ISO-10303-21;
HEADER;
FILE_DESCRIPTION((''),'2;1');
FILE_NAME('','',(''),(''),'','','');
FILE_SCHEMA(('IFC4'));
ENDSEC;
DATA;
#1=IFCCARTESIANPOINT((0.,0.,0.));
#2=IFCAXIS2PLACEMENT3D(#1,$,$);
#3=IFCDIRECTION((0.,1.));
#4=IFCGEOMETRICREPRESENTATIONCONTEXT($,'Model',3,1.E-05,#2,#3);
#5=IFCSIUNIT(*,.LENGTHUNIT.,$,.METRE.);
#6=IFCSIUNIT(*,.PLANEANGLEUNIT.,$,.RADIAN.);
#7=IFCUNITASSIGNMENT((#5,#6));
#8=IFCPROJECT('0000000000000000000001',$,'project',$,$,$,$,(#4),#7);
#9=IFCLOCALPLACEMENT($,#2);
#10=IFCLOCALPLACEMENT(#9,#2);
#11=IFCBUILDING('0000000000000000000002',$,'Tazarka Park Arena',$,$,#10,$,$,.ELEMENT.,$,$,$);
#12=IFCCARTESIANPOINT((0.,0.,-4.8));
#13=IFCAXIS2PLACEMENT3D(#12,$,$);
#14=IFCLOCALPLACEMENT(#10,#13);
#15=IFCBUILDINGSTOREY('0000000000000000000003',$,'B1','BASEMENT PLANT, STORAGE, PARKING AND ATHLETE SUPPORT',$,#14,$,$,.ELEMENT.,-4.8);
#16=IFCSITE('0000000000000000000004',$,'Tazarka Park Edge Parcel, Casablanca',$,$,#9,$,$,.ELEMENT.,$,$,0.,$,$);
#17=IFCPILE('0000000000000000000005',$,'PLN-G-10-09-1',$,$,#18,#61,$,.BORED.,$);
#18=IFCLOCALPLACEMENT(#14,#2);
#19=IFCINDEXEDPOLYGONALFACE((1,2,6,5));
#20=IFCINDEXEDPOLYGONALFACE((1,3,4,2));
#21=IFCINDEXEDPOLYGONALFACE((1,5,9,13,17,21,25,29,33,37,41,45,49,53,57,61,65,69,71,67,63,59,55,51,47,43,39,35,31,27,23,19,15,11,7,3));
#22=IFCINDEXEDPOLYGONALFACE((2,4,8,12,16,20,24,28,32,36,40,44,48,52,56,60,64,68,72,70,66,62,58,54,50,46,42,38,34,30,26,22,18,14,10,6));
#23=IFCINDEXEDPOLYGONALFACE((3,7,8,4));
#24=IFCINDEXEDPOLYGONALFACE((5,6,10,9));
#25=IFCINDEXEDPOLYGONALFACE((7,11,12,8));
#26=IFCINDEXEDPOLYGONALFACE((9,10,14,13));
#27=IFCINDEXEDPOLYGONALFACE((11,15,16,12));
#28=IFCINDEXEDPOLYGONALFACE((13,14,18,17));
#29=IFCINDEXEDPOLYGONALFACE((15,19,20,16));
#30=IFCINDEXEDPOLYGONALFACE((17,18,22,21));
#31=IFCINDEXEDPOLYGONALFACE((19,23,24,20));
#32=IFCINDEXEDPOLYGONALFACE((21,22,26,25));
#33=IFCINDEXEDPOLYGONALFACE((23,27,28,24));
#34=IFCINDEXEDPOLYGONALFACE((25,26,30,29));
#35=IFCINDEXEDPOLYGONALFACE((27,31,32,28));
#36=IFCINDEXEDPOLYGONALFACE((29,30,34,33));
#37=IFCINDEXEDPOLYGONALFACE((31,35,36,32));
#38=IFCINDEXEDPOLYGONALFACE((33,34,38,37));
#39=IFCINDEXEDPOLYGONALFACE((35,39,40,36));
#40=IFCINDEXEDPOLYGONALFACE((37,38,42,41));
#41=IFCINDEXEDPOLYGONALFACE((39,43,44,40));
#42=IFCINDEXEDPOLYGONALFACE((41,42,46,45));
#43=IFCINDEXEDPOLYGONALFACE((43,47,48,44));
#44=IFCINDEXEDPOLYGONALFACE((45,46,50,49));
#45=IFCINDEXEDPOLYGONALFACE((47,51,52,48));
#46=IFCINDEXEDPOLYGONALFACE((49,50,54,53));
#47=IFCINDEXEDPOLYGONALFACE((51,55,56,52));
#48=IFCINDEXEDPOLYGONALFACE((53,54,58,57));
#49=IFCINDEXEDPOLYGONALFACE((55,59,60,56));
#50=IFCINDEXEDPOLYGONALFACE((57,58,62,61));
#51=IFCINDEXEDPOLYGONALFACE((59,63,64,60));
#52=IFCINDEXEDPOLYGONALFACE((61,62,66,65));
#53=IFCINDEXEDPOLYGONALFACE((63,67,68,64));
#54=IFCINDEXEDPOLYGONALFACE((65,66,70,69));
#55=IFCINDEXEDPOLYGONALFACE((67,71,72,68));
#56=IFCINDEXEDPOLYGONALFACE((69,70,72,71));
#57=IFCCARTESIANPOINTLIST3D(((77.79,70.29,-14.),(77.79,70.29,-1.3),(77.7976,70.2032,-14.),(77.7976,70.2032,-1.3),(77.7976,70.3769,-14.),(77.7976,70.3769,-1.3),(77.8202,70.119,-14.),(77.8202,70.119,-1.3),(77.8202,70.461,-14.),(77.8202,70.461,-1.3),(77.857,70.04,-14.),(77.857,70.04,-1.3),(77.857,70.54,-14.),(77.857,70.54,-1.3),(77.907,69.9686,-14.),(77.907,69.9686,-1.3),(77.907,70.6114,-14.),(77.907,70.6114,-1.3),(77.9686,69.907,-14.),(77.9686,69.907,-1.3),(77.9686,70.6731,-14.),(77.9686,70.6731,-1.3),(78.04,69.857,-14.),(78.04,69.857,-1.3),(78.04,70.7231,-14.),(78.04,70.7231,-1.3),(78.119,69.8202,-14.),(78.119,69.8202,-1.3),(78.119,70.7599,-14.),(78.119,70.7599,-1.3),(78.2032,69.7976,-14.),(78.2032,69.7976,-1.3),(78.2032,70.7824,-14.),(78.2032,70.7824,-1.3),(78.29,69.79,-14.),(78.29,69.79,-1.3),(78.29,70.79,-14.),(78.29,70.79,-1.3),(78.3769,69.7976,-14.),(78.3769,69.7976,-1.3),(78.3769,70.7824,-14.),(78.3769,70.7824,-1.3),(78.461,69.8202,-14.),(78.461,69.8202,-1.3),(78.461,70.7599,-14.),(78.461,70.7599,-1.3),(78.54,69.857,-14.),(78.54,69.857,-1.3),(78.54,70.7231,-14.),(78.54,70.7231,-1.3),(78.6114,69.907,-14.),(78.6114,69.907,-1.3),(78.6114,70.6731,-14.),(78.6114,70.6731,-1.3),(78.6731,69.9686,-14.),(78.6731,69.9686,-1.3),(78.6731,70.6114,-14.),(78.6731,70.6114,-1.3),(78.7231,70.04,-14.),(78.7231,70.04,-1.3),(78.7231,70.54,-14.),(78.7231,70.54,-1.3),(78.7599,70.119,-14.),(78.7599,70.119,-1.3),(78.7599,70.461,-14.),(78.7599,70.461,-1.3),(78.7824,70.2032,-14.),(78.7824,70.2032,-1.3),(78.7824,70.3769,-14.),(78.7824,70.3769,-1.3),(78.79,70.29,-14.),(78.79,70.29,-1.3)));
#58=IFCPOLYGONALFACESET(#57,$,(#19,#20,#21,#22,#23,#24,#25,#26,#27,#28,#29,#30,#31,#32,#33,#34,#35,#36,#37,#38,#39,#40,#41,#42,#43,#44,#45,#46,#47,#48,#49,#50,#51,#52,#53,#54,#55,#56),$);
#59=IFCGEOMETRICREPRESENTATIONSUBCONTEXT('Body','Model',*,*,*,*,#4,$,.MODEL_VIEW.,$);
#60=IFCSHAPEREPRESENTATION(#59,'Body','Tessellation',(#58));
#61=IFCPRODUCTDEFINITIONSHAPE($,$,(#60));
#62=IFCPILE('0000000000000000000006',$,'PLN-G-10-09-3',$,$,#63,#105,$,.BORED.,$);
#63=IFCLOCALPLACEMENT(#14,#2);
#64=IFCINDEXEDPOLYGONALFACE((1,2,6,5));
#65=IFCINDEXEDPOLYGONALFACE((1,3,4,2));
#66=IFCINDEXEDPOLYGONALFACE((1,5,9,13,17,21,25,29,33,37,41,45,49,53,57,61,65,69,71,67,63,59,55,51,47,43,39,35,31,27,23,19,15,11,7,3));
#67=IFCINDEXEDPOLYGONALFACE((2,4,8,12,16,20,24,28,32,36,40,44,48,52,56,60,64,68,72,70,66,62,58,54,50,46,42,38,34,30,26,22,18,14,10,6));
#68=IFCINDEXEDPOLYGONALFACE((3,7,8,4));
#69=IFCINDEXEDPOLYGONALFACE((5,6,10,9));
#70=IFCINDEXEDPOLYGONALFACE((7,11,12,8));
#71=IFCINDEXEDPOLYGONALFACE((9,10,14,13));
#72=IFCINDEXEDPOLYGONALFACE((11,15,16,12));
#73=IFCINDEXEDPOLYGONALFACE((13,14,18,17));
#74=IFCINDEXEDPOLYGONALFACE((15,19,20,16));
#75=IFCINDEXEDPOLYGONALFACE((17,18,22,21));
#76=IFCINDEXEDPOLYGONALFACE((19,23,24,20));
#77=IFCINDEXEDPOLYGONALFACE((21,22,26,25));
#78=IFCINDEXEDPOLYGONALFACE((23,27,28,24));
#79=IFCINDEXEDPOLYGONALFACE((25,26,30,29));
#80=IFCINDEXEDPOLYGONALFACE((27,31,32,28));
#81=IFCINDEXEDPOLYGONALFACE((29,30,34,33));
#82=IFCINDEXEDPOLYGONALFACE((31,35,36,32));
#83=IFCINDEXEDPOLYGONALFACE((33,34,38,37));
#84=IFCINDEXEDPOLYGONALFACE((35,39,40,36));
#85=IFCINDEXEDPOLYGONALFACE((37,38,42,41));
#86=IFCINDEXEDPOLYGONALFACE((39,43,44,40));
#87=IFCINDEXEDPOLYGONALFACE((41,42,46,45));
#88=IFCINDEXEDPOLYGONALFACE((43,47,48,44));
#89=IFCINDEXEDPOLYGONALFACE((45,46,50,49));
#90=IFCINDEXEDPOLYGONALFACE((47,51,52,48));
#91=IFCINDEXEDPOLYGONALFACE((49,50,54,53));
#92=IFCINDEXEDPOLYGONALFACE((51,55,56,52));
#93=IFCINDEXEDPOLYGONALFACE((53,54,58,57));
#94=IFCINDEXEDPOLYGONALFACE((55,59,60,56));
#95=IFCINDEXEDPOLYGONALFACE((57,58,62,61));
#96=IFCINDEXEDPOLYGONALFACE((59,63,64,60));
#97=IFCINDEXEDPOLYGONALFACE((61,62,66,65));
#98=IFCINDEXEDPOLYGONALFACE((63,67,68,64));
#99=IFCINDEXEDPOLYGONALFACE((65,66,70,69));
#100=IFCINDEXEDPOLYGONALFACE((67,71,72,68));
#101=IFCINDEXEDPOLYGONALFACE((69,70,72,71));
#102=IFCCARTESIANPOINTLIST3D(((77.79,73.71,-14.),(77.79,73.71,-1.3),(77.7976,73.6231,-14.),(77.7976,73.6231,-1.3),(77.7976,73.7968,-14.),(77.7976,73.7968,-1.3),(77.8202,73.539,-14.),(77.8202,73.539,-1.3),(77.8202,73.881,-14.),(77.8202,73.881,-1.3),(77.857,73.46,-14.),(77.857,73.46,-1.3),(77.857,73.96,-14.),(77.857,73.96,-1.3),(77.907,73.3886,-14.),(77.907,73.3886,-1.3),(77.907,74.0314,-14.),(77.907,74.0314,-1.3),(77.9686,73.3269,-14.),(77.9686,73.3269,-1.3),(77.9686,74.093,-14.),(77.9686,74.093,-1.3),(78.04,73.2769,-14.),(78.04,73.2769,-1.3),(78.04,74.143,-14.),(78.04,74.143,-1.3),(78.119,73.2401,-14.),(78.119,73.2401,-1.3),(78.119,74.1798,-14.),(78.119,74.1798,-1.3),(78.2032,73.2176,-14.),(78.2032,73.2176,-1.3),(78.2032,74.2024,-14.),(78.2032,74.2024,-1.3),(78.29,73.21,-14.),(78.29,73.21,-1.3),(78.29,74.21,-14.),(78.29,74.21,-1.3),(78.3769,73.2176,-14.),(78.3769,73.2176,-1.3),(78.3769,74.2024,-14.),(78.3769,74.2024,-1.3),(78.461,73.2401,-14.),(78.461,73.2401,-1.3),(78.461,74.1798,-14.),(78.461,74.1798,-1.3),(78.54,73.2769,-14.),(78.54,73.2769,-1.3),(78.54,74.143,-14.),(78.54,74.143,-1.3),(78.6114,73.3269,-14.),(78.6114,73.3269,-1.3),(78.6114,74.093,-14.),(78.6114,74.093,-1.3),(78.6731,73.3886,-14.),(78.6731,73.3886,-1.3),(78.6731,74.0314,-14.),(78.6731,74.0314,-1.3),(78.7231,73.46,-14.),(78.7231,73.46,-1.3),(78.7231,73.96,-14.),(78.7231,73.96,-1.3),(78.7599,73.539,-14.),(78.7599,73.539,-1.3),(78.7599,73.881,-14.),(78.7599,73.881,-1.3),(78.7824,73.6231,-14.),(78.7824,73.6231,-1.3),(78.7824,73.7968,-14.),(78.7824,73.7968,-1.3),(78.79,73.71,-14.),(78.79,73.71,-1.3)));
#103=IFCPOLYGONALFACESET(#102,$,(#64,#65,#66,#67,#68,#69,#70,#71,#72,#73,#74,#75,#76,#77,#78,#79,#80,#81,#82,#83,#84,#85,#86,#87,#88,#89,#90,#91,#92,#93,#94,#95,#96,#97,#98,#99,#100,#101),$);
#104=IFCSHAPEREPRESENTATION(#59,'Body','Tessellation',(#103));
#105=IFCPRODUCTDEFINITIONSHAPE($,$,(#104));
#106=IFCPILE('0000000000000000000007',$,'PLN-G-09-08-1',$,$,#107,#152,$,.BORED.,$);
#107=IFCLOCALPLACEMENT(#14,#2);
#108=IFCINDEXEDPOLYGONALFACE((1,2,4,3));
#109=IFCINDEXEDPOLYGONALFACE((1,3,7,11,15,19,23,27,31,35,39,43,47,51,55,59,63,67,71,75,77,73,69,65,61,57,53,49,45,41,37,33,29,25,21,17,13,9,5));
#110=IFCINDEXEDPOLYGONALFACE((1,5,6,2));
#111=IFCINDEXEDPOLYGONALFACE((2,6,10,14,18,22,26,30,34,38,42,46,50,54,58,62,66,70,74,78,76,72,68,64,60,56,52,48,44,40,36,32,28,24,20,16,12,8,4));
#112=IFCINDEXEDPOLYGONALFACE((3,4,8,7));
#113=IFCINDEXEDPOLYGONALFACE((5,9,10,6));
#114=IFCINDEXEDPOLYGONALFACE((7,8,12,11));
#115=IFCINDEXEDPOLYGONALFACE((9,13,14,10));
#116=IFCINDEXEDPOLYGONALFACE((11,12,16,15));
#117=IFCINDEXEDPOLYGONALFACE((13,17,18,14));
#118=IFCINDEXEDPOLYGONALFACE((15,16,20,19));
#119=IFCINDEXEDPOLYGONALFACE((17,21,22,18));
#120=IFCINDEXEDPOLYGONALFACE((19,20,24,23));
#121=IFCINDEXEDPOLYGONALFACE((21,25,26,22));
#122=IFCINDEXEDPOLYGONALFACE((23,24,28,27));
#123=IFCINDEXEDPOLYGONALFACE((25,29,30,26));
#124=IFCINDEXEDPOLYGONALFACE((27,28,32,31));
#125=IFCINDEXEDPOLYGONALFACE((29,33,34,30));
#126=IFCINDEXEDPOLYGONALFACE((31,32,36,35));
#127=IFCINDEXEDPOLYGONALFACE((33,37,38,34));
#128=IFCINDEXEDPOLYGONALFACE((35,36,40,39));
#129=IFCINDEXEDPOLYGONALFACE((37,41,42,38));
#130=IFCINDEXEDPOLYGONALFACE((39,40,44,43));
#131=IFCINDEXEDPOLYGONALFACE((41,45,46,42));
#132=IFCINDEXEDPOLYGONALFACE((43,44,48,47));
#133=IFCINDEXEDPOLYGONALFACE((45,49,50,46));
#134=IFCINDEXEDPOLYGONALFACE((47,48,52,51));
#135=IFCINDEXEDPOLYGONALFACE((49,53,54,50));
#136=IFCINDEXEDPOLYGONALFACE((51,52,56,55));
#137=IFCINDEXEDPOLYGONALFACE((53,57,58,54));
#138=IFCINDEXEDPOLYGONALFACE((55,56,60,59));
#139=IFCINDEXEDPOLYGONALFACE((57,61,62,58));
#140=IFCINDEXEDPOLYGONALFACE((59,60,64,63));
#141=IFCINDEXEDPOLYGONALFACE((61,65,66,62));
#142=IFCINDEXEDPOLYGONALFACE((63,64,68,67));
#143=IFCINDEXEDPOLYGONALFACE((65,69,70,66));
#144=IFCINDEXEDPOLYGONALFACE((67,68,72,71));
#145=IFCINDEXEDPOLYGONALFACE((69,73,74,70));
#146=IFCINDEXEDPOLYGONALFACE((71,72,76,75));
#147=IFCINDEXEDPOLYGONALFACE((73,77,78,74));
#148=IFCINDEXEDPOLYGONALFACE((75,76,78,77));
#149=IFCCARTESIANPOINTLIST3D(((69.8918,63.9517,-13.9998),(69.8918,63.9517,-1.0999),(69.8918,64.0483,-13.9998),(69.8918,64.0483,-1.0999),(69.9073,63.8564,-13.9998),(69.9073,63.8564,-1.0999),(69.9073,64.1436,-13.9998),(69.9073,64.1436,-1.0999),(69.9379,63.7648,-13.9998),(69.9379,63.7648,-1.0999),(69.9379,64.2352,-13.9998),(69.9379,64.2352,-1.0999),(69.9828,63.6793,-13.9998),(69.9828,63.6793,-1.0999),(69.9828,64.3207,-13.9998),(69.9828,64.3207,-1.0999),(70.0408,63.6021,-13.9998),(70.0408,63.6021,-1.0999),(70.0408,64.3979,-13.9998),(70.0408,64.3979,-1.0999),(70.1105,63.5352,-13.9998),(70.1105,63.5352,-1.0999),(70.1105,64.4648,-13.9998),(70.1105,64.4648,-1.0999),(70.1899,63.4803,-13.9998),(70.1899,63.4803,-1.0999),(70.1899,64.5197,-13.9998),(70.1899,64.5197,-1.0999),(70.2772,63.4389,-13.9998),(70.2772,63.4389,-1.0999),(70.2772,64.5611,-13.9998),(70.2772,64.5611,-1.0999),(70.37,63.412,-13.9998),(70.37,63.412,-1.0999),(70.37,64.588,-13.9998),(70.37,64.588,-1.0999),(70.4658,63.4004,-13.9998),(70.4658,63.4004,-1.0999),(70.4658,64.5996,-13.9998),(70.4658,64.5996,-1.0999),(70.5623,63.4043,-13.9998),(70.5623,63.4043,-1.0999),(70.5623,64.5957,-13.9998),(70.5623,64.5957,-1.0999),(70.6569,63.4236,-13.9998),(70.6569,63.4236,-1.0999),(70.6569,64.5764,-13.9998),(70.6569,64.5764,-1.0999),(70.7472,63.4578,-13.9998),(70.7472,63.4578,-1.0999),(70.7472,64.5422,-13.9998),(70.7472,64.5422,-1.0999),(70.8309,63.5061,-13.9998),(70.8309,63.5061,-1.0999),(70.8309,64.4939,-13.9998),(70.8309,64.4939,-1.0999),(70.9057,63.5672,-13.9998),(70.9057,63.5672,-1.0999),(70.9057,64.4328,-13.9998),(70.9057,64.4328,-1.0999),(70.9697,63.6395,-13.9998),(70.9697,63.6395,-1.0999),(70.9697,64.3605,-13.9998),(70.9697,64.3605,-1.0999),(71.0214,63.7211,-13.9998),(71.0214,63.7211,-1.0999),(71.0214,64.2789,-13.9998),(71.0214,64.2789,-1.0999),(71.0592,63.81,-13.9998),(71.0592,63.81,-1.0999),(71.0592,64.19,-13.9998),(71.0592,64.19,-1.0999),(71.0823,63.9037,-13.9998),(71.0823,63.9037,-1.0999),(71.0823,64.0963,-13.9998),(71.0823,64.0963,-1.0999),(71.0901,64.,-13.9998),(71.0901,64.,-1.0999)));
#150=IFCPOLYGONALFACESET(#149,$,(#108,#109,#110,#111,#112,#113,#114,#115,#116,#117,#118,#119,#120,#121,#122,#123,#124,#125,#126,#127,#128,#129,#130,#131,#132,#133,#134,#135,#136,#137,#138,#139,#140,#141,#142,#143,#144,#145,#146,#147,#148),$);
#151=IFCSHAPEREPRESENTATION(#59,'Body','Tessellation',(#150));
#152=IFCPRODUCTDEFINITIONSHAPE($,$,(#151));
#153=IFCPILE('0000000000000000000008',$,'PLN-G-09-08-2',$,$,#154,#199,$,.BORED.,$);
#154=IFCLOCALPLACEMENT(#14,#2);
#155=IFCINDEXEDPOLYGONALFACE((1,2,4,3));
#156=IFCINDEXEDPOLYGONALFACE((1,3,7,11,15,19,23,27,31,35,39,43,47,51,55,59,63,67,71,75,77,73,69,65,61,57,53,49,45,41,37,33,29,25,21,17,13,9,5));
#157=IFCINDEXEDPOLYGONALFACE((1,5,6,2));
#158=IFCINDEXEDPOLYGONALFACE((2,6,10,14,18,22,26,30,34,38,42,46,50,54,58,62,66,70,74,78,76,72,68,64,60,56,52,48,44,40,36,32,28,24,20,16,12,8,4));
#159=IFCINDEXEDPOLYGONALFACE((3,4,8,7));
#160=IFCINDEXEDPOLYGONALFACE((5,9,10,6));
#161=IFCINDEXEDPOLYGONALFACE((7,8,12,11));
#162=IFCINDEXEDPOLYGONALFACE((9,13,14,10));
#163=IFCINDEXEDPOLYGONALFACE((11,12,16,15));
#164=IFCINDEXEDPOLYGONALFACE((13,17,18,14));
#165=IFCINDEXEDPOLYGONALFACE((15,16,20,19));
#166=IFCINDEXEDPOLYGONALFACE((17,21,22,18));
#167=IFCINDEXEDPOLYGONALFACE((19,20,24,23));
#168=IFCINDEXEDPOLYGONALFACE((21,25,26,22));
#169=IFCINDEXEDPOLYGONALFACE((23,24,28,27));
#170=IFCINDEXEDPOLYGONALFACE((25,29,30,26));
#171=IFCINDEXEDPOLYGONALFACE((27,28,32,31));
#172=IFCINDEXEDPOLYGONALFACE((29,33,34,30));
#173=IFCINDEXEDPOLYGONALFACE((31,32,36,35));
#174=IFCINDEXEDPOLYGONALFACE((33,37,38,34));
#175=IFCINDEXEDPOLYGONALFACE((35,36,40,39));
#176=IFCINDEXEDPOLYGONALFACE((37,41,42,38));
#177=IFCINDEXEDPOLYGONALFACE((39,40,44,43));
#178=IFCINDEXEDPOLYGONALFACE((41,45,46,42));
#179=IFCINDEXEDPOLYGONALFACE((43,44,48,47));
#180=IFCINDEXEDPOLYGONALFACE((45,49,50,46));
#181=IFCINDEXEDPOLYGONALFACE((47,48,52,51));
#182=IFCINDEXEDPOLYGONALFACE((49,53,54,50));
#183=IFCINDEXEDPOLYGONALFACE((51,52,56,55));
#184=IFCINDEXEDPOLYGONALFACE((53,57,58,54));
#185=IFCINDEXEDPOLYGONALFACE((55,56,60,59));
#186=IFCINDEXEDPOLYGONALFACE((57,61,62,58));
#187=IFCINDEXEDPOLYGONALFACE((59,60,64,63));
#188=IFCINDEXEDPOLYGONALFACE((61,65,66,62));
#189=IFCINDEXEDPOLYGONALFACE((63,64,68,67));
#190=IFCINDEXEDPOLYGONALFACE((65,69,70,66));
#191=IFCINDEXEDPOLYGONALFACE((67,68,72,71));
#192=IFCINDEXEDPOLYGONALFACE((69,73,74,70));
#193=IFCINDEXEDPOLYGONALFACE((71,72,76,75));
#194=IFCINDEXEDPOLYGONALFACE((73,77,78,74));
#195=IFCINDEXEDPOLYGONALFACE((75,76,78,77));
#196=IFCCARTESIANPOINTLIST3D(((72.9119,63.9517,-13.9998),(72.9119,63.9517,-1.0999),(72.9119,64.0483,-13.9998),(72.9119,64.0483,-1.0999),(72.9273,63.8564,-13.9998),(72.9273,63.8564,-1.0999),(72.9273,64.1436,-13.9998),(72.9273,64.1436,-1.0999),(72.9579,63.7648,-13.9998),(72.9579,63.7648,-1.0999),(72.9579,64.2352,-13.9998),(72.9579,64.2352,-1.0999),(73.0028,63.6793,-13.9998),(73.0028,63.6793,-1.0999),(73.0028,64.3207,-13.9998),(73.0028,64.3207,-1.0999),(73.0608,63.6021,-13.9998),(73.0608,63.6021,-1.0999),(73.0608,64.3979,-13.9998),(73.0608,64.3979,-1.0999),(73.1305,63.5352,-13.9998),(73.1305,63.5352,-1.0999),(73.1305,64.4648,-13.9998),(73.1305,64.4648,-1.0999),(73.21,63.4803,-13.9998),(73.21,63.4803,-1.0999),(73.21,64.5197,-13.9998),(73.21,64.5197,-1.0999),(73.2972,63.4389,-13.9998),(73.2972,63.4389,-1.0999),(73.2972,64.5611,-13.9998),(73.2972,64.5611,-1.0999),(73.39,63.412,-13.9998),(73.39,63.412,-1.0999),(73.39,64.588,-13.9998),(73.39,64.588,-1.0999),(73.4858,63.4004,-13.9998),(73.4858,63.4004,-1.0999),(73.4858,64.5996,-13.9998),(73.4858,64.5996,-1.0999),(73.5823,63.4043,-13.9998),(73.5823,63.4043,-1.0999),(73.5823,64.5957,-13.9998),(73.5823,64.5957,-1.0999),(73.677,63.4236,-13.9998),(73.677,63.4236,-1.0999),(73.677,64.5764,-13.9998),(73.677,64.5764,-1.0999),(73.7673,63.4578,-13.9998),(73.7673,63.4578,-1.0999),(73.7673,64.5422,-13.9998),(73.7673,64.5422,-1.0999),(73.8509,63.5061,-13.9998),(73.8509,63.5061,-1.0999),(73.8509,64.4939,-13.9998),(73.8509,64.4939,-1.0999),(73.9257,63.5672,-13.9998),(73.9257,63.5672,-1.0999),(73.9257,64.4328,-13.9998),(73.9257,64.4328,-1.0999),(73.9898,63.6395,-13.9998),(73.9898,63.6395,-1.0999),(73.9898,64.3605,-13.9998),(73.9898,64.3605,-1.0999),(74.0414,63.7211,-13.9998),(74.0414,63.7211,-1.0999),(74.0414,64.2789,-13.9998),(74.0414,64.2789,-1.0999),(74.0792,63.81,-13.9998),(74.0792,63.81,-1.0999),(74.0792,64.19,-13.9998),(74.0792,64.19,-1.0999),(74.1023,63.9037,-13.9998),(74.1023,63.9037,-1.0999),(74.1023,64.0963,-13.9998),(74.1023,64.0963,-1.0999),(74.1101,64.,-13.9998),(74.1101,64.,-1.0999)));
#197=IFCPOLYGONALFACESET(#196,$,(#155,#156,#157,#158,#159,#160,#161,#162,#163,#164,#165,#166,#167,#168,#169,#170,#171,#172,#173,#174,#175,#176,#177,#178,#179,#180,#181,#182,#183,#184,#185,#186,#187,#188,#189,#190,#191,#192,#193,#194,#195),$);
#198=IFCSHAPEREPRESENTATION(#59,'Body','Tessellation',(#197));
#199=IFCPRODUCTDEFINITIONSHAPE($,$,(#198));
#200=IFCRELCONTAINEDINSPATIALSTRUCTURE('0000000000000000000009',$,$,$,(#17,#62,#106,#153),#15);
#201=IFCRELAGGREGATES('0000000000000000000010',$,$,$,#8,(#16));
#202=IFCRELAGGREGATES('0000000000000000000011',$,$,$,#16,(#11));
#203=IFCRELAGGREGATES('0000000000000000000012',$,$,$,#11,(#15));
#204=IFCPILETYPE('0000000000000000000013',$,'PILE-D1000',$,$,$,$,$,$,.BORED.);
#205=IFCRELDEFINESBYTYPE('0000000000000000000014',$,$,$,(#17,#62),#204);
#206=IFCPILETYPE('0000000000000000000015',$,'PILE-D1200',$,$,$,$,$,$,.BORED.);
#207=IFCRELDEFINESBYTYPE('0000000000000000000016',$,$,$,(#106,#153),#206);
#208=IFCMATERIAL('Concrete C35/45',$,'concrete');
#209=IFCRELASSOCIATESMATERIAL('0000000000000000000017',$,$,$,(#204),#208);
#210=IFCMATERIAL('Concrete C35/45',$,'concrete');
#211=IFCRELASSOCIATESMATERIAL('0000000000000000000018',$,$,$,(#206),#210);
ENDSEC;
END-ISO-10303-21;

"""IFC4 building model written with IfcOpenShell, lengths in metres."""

from ifc_helpers import new_model, si_unit, direction, frame, origin, origin_2d, place, context, subcontext, project, spatial, circle, extrude, material, material_profile, profile_set, type_object, element, save


model = new_model("IFC4")

# Units and contexts
model_context = context("Model", 3, precision=1e-05, world=origin(), true_north=direction((0.0, 1.0)))
body_context = subcontext(model_context, "Body", "Model", "MODEL_VIEW")
ifc_project = project(units=[si_unit("LENGTHUNIT", "METRE"), si_unit("PLANEANGLEUNIT", "RADIAN")], contexts=[model_context])

# Site, building, storey
site_placement = place(None, origin())
site = spatial("IfcSite", under=ifc_project, at=site_placement, Name="Tazarka Park Edge Parcel, Casablanca", CompositionType="ELEMENT", RefElevation=0.0)
building_placement = place(site_placement, origin())
building = spatial("IfcBuilding", under=site, at=building_placement, Name="Tazarka Park Arena", CompositionType="ELEMENT")
storey_placement = place(building_placement, frame((0.0, 0.0, -4.8)))
storey = spatial("IfcBuildingStorey", under=building, at=storey_placement, Name="B1", Description="BASEMENT PLANT, STORAGE, PARKING AND ATHLETE SUPPORT", CompositionType="ELEMENT", Elevation=-4.8)

# Piles
ifc_material_1 = material(Name="Concrete C35/45", Category="concrete")
ifc_material_profile_1 = material_profile(ifc_material_1, circle(Radius=0.5, at=origin_2d()), Name="Concrete C35/45")
ifc_profile_set_1 = profile_set([ifc_material_profile_1], Name="Concrete C35/45")
pile_type_1 = type_object("IfcPileType", Name="PILE-D1000", PredefinedType="BORED", material=ifc_profile_set_1)
for number, where, z_axis, x_axis, name in (
    (1, (78.29, 70.29, -1.3), (0.0, 0.0, -1.0), (1.0, 0.0, 0.0), "PLN-G-10-09-1"),
    (2, (78.29, 73.71, -1.3), (0.0, 0.0, -1.0), (1.0, 0.0, 0.0), "PLN-G-10-09-3"),
):
    element("IfcPile", number, at=place(storey_placement, frame(where, z_axis=z_axis, x_axis=x_axis)), inside=storey, type_object=pile_type_1, Name=name, PredefinedType="BORED", context=body_context, shape_type="SweptSolid", body=[
        extrude(circle(Radius=0.5, at=origin_2d()), origin(), (0.0, 0.0, 1.0), 12.7),
    ])
ifc_material_2 = material(Name="Concrete C35/45", Category="concrete")
ifc_material_profile_2 = material_profile(ifc_material_2, circle(Radius=0.6001, at=origin_2d()), Name="Concrete C35/45")
ifc_profile_set_2 = profile_set([ifc_material_profile_2], Name="Concrete C35/45")
pile_type_2 = type_object("IfcPileType", Name="PILE-D1200", PredefinedType="BORED", material=ifc_profile_set_2)
for number, where, z_axis, x_axis, name in (
    (3, (70.49, 64.0, -1.0999), (0.0, 0.0, -1.0), (1.0, 0.0, 0.0), "PLN-G-09-08-1"),
    (4, (73.51, 64.0, -1.0999), (0.0, 0.0, -1.0), (1.0, 0.0, 0.0), "PLN-G-09-08-2"),
):
    element("IfcPile", number, at=place(storey_placement, frame(where, z_axis=z_axis, x_axis=x_axis)), inside=storey, type_object=pile_type_2, Name=name, PredefinedType="BORED", context=body_context, shape_type="SweptSolid", body=[
        extrude(circle(Radius=0.6001, at=origin_2d()), origin(), (0.0, 0.0, 1.0), 12.8999),
    ])

save(model, "model.ifc")
